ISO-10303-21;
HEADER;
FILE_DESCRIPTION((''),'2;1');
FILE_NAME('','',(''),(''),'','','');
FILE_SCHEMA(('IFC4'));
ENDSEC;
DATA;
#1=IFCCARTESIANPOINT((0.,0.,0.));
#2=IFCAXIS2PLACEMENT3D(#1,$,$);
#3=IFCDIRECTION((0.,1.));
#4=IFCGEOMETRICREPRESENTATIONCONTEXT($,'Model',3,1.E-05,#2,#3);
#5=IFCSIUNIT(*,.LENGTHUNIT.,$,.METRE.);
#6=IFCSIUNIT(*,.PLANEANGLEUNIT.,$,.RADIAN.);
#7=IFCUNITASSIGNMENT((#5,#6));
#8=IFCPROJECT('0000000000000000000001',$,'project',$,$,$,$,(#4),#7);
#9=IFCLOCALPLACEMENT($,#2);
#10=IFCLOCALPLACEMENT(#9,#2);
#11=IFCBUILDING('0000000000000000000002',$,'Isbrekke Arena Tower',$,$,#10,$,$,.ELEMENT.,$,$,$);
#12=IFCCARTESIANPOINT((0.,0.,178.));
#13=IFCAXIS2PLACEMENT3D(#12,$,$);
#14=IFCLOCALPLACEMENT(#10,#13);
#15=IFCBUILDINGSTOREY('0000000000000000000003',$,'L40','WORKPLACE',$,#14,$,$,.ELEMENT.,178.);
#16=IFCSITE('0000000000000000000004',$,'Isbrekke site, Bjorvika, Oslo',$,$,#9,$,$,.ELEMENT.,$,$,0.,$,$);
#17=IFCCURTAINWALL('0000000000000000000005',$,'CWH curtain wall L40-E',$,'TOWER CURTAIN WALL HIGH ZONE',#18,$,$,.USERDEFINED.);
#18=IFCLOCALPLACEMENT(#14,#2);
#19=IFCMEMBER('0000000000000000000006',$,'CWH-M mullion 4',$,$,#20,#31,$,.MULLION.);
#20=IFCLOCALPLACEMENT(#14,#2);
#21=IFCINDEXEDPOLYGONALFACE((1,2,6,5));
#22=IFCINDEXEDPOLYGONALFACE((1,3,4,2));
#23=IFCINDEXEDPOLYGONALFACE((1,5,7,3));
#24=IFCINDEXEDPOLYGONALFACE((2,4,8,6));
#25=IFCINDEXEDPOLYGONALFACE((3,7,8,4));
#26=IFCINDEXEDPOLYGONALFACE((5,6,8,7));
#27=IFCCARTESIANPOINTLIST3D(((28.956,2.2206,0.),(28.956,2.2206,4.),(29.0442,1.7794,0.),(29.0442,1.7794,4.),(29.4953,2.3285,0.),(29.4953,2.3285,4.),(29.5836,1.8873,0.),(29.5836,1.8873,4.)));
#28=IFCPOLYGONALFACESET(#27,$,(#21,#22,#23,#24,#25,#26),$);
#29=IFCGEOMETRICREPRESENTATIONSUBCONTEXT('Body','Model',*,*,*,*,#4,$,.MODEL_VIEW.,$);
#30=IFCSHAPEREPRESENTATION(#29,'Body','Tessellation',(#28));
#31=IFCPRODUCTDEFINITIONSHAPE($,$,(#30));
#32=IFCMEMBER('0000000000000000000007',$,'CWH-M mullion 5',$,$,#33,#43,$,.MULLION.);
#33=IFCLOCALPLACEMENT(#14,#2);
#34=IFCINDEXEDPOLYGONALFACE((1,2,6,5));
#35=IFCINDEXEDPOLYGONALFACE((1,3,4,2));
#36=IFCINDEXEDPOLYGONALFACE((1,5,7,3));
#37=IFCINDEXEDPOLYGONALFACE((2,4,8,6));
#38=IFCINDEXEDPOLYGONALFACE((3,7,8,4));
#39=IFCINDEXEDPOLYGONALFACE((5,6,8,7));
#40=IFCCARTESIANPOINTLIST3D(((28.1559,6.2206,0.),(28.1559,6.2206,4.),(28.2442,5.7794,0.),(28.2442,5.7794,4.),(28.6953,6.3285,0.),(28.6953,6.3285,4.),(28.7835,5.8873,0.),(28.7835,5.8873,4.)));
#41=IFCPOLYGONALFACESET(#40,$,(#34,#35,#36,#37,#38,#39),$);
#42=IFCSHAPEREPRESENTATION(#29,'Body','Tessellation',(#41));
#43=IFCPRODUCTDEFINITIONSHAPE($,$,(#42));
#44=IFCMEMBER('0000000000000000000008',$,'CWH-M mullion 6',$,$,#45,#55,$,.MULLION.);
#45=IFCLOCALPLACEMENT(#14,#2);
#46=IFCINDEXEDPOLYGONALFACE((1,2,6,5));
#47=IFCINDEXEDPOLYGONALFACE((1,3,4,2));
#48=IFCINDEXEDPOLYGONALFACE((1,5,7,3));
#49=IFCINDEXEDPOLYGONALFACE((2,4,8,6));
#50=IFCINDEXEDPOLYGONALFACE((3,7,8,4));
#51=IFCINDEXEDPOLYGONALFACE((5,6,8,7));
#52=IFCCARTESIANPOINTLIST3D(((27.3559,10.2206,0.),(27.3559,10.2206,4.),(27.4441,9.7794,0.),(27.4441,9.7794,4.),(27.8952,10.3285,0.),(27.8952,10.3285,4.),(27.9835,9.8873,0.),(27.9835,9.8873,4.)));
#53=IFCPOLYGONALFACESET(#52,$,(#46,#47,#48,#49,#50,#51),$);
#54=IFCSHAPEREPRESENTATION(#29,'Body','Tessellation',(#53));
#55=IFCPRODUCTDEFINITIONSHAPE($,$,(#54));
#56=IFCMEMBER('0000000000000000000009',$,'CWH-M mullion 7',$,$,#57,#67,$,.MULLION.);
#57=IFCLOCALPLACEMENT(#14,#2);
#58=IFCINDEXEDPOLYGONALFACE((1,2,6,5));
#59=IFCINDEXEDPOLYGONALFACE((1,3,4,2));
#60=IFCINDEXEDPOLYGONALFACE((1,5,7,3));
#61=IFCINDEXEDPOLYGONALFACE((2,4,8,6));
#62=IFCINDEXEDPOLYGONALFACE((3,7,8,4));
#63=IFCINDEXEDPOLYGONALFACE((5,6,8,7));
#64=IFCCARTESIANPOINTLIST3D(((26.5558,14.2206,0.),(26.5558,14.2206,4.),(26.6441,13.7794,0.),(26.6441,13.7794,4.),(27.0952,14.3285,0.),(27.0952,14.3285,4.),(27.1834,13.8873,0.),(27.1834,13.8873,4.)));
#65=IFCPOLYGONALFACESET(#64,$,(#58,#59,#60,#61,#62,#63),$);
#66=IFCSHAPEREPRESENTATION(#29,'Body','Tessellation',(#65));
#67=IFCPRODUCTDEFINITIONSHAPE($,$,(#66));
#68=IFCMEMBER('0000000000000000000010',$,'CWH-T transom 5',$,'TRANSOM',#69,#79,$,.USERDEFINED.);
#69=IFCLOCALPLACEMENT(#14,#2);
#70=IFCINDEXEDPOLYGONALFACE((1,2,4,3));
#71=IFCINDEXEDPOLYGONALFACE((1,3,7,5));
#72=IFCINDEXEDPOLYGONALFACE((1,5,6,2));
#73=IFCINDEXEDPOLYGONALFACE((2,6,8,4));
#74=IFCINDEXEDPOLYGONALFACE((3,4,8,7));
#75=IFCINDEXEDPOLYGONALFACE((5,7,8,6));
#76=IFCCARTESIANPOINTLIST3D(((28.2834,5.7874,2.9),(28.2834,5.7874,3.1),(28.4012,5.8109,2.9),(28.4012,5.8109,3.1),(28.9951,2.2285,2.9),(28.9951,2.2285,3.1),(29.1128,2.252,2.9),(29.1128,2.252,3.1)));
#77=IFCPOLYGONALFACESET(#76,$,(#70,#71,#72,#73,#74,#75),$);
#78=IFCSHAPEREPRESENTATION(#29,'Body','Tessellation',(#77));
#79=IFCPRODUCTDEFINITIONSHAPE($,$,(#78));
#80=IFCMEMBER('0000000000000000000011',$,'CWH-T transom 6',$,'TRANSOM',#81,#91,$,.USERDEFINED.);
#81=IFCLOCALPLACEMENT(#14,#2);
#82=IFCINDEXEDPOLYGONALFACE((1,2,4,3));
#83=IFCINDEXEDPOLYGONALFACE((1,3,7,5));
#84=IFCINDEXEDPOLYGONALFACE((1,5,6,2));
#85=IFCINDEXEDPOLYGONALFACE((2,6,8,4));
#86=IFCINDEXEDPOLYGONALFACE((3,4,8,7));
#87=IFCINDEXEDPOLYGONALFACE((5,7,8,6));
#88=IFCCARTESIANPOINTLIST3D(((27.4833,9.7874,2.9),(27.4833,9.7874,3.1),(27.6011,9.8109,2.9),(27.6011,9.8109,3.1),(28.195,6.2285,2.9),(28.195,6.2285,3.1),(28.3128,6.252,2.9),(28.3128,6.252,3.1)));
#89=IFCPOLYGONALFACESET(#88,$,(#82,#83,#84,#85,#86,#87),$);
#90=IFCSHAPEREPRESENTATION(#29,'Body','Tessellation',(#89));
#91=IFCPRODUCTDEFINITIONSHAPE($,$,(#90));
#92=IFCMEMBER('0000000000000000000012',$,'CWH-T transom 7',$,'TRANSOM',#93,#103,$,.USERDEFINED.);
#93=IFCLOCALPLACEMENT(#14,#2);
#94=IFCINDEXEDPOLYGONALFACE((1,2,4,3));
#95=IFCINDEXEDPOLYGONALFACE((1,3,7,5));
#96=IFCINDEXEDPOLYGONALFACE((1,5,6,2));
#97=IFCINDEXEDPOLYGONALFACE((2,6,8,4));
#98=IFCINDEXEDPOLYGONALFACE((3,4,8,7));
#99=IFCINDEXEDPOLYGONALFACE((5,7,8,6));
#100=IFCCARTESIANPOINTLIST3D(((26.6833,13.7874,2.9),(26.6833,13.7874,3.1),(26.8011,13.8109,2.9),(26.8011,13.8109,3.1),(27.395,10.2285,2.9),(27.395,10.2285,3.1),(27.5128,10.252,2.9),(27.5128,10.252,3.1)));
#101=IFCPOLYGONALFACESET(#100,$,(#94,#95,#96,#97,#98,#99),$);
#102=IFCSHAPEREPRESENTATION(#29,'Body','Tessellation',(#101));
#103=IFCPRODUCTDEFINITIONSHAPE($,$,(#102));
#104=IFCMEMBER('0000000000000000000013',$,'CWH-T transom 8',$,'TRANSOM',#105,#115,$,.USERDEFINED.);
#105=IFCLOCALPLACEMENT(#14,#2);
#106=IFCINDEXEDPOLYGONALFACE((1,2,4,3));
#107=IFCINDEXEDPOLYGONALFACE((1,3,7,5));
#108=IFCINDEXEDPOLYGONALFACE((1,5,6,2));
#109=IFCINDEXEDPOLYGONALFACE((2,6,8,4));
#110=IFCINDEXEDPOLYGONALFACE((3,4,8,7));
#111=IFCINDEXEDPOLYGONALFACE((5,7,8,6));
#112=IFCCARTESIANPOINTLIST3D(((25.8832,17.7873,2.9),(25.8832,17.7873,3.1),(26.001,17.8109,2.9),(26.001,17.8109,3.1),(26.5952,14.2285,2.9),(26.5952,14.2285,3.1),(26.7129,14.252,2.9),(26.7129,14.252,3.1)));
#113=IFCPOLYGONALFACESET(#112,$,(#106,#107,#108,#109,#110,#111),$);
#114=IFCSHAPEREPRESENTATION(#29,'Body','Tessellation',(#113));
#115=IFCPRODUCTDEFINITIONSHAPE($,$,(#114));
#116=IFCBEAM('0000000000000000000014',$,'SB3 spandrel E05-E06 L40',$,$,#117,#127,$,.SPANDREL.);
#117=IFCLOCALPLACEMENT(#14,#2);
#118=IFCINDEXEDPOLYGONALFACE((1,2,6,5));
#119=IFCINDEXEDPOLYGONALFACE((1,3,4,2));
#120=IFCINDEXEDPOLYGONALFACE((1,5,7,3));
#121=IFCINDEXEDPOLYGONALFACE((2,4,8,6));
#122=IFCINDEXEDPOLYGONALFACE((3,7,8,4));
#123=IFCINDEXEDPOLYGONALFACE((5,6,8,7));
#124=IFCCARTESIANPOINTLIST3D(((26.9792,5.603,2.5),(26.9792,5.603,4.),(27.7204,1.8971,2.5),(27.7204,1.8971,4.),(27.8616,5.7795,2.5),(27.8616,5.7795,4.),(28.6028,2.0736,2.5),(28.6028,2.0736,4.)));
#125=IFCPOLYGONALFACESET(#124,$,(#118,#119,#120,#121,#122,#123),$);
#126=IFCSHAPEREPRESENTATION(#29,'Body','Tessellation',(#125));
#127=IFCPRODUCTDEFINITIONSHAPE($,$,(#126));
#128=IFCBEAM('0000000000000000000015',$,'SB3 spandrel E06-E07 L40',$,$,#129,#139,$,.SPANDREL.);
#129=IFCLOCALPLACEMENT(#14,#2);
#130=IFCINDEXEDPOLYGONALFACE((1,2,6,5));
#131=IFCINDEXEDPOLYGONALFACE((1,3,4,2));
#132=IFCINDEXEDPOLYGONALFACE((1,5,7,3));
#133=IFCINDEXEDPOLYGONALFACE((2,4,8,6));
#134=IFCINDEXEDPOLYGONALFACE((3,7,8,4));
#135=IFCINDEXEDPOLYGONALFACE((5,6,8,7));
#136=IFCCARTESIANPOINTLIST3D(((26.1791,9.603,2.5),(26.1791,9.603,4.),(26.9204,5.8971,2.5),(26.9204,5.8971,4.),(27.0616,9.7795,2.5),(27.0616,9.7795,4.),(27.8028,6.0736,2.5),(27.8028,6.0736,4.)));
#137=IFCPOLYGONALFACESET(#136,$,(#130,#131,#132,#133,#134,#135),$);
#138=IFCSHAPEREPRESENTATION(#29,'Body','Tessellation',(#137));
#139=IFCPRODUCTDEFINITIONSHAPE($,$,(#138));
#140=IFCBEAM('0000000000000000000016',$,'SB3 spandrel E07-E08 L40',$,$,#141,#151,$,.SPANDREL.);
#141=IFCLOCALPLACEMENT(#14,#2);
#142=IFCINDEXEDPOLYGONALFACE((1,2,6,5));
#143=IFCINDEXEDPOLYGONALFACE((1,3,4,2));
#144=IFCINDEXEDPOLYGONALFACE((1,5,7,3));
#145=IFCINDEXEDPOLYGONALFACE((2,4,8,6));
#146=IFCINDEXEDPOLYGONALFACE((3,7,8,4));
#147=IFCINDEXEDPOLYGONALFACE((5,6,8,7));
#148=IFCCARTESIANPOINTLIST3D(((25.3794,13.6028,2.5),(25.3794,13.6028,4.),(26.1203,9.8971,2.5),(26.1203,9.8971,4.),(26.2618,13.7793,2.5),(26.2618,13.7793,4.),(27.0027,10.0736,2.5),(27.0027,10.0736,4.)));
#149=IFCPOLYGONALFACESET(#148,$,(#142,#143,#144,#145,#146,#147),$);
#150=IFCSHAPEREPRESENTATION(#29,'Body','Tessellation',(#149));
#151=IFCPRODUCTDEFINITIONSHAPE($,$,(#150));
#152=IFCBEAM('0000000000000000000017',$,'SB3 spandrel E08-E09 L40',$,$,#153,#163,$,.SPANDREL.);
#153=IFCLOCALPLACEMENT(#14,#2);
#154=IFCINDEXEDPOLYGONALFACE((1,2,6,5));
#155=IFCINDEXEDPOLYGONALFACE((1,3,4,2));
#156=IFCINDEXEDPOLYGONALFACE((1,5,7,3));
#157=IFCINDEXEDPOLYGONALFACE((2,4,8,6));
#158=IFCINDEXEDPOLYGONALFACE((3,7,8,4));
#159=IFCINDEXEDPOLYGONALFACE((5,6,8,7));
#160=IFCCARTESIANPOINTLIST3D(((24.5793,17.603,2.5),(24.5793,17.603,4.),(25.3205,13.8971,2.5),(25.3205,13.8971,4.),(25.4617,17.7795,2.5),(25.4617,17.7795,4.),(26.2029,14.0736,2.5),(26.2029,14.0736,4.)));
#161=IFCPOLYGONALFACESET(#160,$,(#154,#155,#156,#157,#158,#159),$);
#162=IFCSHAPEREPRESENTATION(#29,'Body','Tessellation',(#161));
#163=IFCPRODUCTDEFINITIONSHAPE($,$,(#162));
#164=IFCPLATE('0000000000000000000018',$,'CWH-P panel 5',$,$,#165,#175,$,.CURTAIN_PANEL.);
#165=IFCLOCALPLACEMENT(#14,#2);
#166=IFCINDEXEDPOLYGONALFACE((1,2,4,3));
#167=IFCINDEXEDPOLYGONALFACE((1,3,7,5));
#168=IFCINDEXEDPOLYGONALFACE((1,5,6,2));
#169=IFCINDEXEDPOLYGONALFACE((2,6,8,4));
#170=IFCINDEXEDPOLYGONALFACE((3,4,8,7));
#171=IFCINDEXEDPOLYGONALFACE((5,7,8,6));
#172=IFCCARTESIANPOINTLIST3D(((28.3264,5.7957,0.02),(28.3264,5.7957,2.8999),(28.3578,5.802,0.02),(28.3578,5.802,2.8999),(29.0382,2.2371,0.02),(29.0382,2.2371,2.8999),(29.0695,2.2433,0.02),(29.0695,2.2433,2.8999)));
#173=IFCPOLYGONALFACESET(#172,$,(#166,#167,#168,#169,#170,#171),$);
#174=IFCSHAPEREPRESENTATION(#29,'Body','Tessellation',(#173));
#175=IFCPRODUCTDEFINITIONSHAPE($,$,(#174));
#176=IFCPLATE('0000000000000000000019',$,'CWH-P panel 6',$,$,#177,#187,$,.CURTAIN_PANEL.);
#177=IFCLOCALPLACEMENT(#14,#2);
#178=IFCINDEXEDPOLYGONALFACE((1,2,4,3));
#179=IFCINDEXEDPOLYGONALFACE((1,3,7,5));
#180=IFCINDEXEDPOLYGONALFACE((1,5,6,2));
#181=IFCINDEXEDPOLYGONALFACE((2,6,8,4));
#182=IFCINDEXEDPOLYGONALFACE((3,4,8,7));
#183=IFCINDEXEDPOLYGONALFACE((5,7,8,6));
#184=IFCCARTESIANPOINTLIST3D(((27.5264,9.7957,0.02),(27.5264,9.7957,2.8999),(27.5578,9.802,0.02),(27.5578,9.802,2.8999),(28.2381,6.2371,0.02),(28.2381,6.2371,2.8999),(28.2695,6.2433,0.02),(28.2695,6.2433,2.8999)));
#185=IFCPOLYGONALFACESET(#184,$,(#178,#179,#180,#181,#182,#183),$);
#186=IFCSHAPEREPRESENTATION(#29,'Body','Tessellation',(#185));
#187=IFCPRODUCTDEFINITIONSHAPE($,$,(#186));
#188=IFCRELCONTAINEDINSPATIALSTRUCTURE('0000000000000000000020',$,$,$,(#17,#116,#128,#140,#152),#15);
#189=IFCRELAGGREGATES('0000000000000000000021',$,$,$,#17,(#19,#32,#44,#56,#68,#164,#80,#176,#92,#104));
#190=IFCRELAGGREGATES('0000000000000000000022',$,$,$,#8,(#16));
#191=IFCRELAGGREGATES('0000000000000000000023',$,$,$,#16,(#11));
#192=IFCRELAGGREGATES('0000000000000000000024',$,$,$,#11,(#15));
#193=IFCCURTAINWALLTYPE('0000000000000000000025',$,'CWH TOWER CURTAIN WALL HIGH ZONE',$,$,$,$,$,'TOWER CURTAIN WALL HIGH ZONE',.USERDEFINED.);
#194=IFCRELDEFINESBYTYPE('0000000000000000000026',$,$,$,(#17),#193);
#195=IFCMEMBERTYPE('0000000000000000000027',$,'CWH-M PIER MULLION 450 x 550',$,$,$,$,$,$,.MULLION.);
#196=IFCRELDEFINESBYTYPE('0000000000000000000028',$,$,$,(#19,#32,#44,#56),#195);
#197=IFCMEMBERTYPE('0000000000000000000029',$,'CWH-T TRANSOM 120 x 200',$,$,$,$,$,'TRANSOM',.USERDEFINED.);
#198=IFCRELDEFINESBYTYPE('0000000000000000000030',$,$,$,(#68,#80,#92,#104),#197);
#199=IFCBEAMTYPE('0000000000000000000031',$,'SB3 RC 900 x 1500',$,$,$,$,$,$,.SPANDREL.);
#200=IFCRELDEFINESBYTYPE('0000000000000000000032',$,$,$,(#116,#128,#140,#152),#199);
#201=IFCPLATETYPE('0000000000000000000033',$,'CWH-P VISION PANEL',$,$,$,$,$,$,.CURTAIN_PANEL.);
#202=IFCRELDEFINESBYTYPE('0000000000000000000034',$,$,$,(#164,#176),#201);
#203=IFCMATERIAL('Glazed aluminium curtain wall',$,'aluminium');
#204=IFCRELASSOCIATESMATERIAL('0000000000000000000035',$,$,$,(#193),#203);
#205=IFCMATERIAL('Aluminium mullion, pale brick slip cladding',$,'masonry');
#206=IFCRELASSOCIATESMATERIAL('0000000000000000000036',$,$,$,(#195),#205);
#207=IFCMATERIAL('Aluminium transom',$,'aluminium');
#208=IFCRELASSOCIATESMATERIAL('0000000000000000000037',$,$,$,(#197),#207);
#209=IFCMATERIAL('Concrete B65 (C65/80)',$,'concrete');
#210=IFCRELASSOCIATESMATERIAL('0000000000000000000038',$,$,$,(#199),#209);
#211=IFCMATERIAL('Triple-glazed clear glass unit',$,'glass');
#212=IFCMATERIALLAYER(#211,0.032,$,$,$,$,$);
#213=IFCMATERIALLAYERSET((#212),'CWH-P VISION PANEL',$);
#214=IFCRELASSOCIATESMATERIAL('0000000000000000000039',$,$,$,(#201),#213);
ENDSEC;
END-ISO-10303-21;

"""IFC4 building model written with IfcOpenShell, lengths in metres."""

from ifc_helpers import new_model, si_unit, direction, frame, origin, origin_2d, place, context, subcontext, project, spatial, rectangle, extrude, material, layer, layer_set, material_profile, profile_set, type_object, element, aggregate, save


model = new_model("IFC4")

# Units and contexts
model_context = context("Model", 3, precision=1e-05, world=origin(), true_north=direction((0.0, 1.0)))
body_context = subcontext(model_context, "Body", "Model", "MODEL_VIEW")
ifc_project = project(units=[si_unit("LENGTHUNIT", "METRE"), si_unit("PLANEANGLEUNIT", "RADIAN")], contexts=[model_context])

# Site, building, storey
site_placement = place(None, origin())
site = spatial("IfcSite", under=ifc_project, at=site_placement, Name="Isbrekke site, Bjorvika, Oslo", CompositionType="ELEMENT", RefElevation=0.0)
building_placement = place(site_placement, origin())
building = spatial("IfcBuilding", under=site, at=building_placement, Name="Isbrekke Arena Tower", CompositionType="ELEMENT")
storey_placement = place(building_placement, frame((0.0, 0.0, 178.0)))
storey = spatial("IfcBuildingStorey", under=building, at=storey_placement, Name="L40", Description="WORKPLACE", CompositionType="ELEMENT", Elevation=178.0)

# Curtain wall, members
ifc_material_1 = material(Name="Glazed aluminium curtain wall", Category="aluminium")
curtain_wall_type = type_object("IfcCurtainWallType", Name="CWH TOWER CURTAIN WALL HIGH ZONE", ElementType="TOWER CURTAIN WALL HIGH ZONE", PredefinedType="USERDEFINED", material=ifc_material_1)
curtain_wall_placement = place(storey_placement, origin())
curtain_wall = element("IfcCurtainWall", 1, at=curtain_wall_placement, inside=storey, type_object=curtain_wall_type, Name="CWH curtain wall L40-E", ObjectType="TOWER CURTAIN WALL HIGH ZONE", PredefinedType="USERDEFINED")
ifc_material_2 = material(Name="Aluminium mullion, pale brick slip cladding", Category="masonry")
ifc_material_profile_1 = material_profile(ifc_material_2, rectangle(XDim=0.45, YDim=0.55, at=origin_2d()), Name="PIER 450X550")
ifc_profile_set_1 = profile_set([ifc_material_profile_1], Name="Aluminium mullion, pale brick slip cladding")
member_type_1 = type_object("IfcMemberType", Name="CWH-M PIER MULLION 450 x 550", PredefinedType="MULLION", material=ifc_profile_set_1)
member_1_placement = place(storey_placement, frame((29.2698, 2.054, 0.0), z_axis=(0.0, 0.0, 1.0), x_axis=(-0.196116, 0.980581, 0.0)))
member_1 = element("IfcMember", 2, at=member_1_placement, type_object=member_type_1, Name="CWH-M mullion 4", PredefinedType="MULLION", context=body_context, shape_type="SweptSolid", body=[
    extrude(rectangle(XDim=0.45, YDim=0.55, at=origin_2d()), origin(), (0.0, 0.0, 1.0), 4.0),
])
member_2_placement = place(storey_placement, frame((28.4697, 6.054, 0.0), z_axis=(0.0, 0.0, 1.0), x_axis=(-0.196116, 0.980581, 0.0)))
member_2 = element("IfcMember", 3, at=member_2_placement, type_object=member_type_1, Name="CWH-M mullion 5", PredefinedType="MULLION", context=body_context, shape_type="SweptSolid", body=[
    extrude(rectangle(XDim=0.45, YDim=0.55, at=origin_2d()), origin(), (0.0, 0.0, 1.0), 4.0),
])
member_3_placement = place(storey_placement, frame((27.6697, 10.054, 0.0), z_axis=(0.0, 0.0, 1.0), x_axis=(-0.196116, 0.980581, 0.0)))
member_3 = element("IfcMember", 4, at=member_3_placement, type_object=member_type_1, Name="CWH-M mullion 6", PredefinedType="MULLION", context=body_context, shape_type="SweptSolid", body=[
    extrude(rectangle(XDim=0.45, YDim=0.55, at=origin_2d()), origin(), (0.0, 0.0, 1.0), 4.0),
])
member_4_placement = place(storey_placement, frame((26.8696, 14.054, 0.0), z_axis=(0.0, 0.0, 1.0), x_axis=(-0.196116, 0.980581, 0.0)))
member_4 = element("IfcMember", 5, at=member_4_placement, type_object=member_type_1, Name="CWH-M mullion 7", PredefinedType="MULLION", context=body_context, shape_type="SweptSolid", body=[
    extrude(rectangle(XDim=0.45, YDim=0.55, at=origin_2d()), origin(), (0.0, 0.0, 1.0), 4.0),
])
ifc_material_3 = material(Name="Aluminium transom", Category="aluminium")
ifc_material_profile_2 = material_profile(ifc_material_3, rectangle(XDim=0.1201, YDim=0.2, at=origin_2d()), Name="TRANSOM 120X200")
ifc_profile_set_2 = profile_set([ifc_material_profile_2], Name="Aluminium transom")
member_type_2 = type_object("IfcMemberType", Name="CWH-T TRANSOM 120 x 200", ElementType="TRANSOM", PredefinedType="USERDEFINED", material=ifc_profile_set_2)
member_5_placement = place(storey_placement, frame((29.054, 2.2402, 3.0), z_axis=(-0.19609, 0.980586, 0.0), x_axis=(-0.980586, -0.19609, 0.0)))
member_5 = element("IfcMember", 6, at=member_5_placement, type_object=member_type_2, Name="CWH-T transom 5", ObjectType="TRANSOM", PredefinedType="USERDEFINED", context=body_context, shape_type="SweptSolid", body=[
    extrude(rectangle(XDim=0.1201, YDim=0.2, at=origin_2d()), origin(), (0.0, 0.0, 1.0), 3.6294),
])
member_6_placement = place(storey_placement, frame((28.2539, 6.2402, 3.0), z_axis=(-0.19609, 0.980586, 0.0), x_axis=(-0.980586, -0.19609, 0.0)))
member_6 = element("IfcMember", 7, at=member_6_placement, type_object=member_type_2, Name="CWH-T transom 6", ObjectType="TRANSOM", PredefinedType="USERDEFINED", context=body_context, shape_type="SweptSolid", body=[
    extrude(rectangle(XDim=0.1201, YDim=0.2, at=origin_2d()), origin(), (0.0, 0.0, 1.0), 3.6294),
])
member_7_placement = place(storey_placement, frame((27.4539, 10.2402, 3.0), z_axis=(-0.19609, 0.980586, 0.0), x_axis=(-0.980586, -0.19609, 0.0)))
member_7 = element("IfcMember", 8, at=member_7_placement, type_object=member_type_2, Name="CWH-T transom 7", ObjectType="TRANSOM", PredefinedType="USERDEFINED", context=body_context, shape_type="SweptSolid", body=[
    extrude(rectangle(XDim=0.1201, YDim=0.2, at=origin_2d()), origin(), (0.0, 0.0, 1.0), 3.6294),
])
member_8_placement = place(storey_placement, frame((26.6541, 14.2402, 3.0), z_axis=(-0.196155, 0.980573, 0.0), x_axis=(-0.980573, -0.196155, 0.0)))
member_8 = element("IfcMember", 9, at=member_8_placement, type_object=member_type_2, Name="CWH-T transom 8", ObjectType="TRANSOM", PredefinedType="USERDEFINED", context=body_context, shape_type="SweptSolid", body=[
    extrude(rectangle(XDim=0.1201, YDim=0.2, at=origin_2d()), origin(), (0.0, 0.0, 1.0), 3.6294),
])

# Beams
ifc_material_4 = material(Name="Concrete B65 (C65/80)", Category="concrete")
ifc_material_profile_3 = material_profile(ifc_material_4, rectangle(XDim=0.8999, YDim=1.5, at=origin_2d()), Name="RC 900x1500")
ifc_profile_set_3 = profile_set([ifc_material_profile_3], Name="Concrete B65 (C65/80)")
beam_type_1 = type_object("IfcBeamType", Name="SB3 RC 900 x 1500", PredefinedType="SPANDREL", material=ifc_profile_set_3)
for number, where, z_axis, x_axis, name in (
    (10, (28.1616, 1.9854, 3.25), (-0.196129, 0.980578, 0.0), (-0.980578, -0.196129, 0.0), "SB3 spandrel E05-E06 L40"),
    (11, (27.3616, 5.9854, 3.25), (-0.196129, 0.980578, 0.0), (-0.980578, -0.196129, 0.0), "SB3 spandrel E06-E07 L40"),
):
    element("IfcBeam", number, at=place(storey_placement, frame(where, z_axis=z_axis, x_axis=x_axis)), inside=storey, type_object=beam_type_1, Name=name, PredefinedType="SPANDREL", context=body_context, shape_type="SweptSolid", body=[
        extrude(rectangle(XDim=0.8999, YDim=1.5, at=origin_2d()), origin(), (0.0, 0.0, 1.0), 3.7793),
    ])
beam_1_placement = place(storey_placement, frame((26.5615, 9.9854, 3.25), z_axis=(-0.196066, 0.980591, 0.0), x_axis=(-0.980591, -0.196066, 0.0)))
element("IfcBeam", 12, at=beam_1_placement, inside=storey, type_object=beam_type_1, Name="SB3 spandrel E07-E08 L40", PredefinedType="SPANDREL", context=body_context, shape_type="SweptSolid", body=[
    extrude(rectangle(XDim=0.8999, YDim=1.5, at=origin_2d()), origin(), (0.0, 0.0, 1.0), 3.7791),
])
beam_2_placement = place(storey_placement, frame((25.7617, 13.9854, 3.25), z_axis=(-0.196129, 0.980578, 0.0), x_axis=(-0.980578, -0.196129, 0.0)))
element("IfcBeam", 13, at=beam_2_placement, inside=storey, type_object=beam_type_1, Name="SB3 spandrel E08-E09 L40", PredefinedType="SPANDREL", context=body_context, shape_type="SweptSolid", body=[
    extrude(rectangle(XDim=0.8999, YDim=1.5, at=origin_2d()), origin(), (0.0, 0.0, 1.0), 3.7793),
])

# Plates
ifc_material_5 = material(Name="Triple-glazed clear glass unit", Category="glass")
ifc_layer_1 = layer(ifc_material_5, 0.032)
ifc_layer_set_1 = layer_set([ifc_layer_1], Name="CWH-P VISION PANEL")
plate_type = type_object("IfcPlateType", Name="CWH-P VISION PANEL", PredefinedType="CURTAIN_PANEL", material=ifc_layer_set_1)
plate_1_placement = place(storey_placement, frame((28.698, 4.0195, 0.02), z_axis=(0.0, 0.0, 1.0), x_axis=(-0.196116, 0.980581, 0.0)))
plate_1 = element("IfcPlate", 14, at=plate_1_placement, type_object=plate_type, Name="CWH-P panel 5", PredefinedType="CURTAIN_PANEL", context=body_context, shape_type="SweptSolid", body=[
    extrude(rectangle(XDim=3.6292, YDim=0.032, at=origin_2d()), origin(), (0.0, 0.0, 1.0), 2.8799),
])
plate_2_placement = place(storey_placement, frame((27.8979, 8.0195, 0.02), z_axis=(0.0, 0.0, 1.0), x_axis=(-0.196116, 0.980581, 0.0)))
plate_2 = element("IfcPlate", 15, at=plate_2_placement, type_object=plate_type, Name="CWH-P panel 6", PredefinedType="CURTAIN_PANEL", context=body_context, shape_type="SweptSolid", body=[
    extrude(rectangle(XDim=3.6292, YDim=0.032, at=origin_2d()), origin(), (0.0, 0.0, 1.0), 2.8799),
])
aggregate(curtain_wall, [member_1, member_2, member_3, member_4, member_5, plate_1, member_6, plate_2, member_7, member_8])

save(model, "model.ifc")
